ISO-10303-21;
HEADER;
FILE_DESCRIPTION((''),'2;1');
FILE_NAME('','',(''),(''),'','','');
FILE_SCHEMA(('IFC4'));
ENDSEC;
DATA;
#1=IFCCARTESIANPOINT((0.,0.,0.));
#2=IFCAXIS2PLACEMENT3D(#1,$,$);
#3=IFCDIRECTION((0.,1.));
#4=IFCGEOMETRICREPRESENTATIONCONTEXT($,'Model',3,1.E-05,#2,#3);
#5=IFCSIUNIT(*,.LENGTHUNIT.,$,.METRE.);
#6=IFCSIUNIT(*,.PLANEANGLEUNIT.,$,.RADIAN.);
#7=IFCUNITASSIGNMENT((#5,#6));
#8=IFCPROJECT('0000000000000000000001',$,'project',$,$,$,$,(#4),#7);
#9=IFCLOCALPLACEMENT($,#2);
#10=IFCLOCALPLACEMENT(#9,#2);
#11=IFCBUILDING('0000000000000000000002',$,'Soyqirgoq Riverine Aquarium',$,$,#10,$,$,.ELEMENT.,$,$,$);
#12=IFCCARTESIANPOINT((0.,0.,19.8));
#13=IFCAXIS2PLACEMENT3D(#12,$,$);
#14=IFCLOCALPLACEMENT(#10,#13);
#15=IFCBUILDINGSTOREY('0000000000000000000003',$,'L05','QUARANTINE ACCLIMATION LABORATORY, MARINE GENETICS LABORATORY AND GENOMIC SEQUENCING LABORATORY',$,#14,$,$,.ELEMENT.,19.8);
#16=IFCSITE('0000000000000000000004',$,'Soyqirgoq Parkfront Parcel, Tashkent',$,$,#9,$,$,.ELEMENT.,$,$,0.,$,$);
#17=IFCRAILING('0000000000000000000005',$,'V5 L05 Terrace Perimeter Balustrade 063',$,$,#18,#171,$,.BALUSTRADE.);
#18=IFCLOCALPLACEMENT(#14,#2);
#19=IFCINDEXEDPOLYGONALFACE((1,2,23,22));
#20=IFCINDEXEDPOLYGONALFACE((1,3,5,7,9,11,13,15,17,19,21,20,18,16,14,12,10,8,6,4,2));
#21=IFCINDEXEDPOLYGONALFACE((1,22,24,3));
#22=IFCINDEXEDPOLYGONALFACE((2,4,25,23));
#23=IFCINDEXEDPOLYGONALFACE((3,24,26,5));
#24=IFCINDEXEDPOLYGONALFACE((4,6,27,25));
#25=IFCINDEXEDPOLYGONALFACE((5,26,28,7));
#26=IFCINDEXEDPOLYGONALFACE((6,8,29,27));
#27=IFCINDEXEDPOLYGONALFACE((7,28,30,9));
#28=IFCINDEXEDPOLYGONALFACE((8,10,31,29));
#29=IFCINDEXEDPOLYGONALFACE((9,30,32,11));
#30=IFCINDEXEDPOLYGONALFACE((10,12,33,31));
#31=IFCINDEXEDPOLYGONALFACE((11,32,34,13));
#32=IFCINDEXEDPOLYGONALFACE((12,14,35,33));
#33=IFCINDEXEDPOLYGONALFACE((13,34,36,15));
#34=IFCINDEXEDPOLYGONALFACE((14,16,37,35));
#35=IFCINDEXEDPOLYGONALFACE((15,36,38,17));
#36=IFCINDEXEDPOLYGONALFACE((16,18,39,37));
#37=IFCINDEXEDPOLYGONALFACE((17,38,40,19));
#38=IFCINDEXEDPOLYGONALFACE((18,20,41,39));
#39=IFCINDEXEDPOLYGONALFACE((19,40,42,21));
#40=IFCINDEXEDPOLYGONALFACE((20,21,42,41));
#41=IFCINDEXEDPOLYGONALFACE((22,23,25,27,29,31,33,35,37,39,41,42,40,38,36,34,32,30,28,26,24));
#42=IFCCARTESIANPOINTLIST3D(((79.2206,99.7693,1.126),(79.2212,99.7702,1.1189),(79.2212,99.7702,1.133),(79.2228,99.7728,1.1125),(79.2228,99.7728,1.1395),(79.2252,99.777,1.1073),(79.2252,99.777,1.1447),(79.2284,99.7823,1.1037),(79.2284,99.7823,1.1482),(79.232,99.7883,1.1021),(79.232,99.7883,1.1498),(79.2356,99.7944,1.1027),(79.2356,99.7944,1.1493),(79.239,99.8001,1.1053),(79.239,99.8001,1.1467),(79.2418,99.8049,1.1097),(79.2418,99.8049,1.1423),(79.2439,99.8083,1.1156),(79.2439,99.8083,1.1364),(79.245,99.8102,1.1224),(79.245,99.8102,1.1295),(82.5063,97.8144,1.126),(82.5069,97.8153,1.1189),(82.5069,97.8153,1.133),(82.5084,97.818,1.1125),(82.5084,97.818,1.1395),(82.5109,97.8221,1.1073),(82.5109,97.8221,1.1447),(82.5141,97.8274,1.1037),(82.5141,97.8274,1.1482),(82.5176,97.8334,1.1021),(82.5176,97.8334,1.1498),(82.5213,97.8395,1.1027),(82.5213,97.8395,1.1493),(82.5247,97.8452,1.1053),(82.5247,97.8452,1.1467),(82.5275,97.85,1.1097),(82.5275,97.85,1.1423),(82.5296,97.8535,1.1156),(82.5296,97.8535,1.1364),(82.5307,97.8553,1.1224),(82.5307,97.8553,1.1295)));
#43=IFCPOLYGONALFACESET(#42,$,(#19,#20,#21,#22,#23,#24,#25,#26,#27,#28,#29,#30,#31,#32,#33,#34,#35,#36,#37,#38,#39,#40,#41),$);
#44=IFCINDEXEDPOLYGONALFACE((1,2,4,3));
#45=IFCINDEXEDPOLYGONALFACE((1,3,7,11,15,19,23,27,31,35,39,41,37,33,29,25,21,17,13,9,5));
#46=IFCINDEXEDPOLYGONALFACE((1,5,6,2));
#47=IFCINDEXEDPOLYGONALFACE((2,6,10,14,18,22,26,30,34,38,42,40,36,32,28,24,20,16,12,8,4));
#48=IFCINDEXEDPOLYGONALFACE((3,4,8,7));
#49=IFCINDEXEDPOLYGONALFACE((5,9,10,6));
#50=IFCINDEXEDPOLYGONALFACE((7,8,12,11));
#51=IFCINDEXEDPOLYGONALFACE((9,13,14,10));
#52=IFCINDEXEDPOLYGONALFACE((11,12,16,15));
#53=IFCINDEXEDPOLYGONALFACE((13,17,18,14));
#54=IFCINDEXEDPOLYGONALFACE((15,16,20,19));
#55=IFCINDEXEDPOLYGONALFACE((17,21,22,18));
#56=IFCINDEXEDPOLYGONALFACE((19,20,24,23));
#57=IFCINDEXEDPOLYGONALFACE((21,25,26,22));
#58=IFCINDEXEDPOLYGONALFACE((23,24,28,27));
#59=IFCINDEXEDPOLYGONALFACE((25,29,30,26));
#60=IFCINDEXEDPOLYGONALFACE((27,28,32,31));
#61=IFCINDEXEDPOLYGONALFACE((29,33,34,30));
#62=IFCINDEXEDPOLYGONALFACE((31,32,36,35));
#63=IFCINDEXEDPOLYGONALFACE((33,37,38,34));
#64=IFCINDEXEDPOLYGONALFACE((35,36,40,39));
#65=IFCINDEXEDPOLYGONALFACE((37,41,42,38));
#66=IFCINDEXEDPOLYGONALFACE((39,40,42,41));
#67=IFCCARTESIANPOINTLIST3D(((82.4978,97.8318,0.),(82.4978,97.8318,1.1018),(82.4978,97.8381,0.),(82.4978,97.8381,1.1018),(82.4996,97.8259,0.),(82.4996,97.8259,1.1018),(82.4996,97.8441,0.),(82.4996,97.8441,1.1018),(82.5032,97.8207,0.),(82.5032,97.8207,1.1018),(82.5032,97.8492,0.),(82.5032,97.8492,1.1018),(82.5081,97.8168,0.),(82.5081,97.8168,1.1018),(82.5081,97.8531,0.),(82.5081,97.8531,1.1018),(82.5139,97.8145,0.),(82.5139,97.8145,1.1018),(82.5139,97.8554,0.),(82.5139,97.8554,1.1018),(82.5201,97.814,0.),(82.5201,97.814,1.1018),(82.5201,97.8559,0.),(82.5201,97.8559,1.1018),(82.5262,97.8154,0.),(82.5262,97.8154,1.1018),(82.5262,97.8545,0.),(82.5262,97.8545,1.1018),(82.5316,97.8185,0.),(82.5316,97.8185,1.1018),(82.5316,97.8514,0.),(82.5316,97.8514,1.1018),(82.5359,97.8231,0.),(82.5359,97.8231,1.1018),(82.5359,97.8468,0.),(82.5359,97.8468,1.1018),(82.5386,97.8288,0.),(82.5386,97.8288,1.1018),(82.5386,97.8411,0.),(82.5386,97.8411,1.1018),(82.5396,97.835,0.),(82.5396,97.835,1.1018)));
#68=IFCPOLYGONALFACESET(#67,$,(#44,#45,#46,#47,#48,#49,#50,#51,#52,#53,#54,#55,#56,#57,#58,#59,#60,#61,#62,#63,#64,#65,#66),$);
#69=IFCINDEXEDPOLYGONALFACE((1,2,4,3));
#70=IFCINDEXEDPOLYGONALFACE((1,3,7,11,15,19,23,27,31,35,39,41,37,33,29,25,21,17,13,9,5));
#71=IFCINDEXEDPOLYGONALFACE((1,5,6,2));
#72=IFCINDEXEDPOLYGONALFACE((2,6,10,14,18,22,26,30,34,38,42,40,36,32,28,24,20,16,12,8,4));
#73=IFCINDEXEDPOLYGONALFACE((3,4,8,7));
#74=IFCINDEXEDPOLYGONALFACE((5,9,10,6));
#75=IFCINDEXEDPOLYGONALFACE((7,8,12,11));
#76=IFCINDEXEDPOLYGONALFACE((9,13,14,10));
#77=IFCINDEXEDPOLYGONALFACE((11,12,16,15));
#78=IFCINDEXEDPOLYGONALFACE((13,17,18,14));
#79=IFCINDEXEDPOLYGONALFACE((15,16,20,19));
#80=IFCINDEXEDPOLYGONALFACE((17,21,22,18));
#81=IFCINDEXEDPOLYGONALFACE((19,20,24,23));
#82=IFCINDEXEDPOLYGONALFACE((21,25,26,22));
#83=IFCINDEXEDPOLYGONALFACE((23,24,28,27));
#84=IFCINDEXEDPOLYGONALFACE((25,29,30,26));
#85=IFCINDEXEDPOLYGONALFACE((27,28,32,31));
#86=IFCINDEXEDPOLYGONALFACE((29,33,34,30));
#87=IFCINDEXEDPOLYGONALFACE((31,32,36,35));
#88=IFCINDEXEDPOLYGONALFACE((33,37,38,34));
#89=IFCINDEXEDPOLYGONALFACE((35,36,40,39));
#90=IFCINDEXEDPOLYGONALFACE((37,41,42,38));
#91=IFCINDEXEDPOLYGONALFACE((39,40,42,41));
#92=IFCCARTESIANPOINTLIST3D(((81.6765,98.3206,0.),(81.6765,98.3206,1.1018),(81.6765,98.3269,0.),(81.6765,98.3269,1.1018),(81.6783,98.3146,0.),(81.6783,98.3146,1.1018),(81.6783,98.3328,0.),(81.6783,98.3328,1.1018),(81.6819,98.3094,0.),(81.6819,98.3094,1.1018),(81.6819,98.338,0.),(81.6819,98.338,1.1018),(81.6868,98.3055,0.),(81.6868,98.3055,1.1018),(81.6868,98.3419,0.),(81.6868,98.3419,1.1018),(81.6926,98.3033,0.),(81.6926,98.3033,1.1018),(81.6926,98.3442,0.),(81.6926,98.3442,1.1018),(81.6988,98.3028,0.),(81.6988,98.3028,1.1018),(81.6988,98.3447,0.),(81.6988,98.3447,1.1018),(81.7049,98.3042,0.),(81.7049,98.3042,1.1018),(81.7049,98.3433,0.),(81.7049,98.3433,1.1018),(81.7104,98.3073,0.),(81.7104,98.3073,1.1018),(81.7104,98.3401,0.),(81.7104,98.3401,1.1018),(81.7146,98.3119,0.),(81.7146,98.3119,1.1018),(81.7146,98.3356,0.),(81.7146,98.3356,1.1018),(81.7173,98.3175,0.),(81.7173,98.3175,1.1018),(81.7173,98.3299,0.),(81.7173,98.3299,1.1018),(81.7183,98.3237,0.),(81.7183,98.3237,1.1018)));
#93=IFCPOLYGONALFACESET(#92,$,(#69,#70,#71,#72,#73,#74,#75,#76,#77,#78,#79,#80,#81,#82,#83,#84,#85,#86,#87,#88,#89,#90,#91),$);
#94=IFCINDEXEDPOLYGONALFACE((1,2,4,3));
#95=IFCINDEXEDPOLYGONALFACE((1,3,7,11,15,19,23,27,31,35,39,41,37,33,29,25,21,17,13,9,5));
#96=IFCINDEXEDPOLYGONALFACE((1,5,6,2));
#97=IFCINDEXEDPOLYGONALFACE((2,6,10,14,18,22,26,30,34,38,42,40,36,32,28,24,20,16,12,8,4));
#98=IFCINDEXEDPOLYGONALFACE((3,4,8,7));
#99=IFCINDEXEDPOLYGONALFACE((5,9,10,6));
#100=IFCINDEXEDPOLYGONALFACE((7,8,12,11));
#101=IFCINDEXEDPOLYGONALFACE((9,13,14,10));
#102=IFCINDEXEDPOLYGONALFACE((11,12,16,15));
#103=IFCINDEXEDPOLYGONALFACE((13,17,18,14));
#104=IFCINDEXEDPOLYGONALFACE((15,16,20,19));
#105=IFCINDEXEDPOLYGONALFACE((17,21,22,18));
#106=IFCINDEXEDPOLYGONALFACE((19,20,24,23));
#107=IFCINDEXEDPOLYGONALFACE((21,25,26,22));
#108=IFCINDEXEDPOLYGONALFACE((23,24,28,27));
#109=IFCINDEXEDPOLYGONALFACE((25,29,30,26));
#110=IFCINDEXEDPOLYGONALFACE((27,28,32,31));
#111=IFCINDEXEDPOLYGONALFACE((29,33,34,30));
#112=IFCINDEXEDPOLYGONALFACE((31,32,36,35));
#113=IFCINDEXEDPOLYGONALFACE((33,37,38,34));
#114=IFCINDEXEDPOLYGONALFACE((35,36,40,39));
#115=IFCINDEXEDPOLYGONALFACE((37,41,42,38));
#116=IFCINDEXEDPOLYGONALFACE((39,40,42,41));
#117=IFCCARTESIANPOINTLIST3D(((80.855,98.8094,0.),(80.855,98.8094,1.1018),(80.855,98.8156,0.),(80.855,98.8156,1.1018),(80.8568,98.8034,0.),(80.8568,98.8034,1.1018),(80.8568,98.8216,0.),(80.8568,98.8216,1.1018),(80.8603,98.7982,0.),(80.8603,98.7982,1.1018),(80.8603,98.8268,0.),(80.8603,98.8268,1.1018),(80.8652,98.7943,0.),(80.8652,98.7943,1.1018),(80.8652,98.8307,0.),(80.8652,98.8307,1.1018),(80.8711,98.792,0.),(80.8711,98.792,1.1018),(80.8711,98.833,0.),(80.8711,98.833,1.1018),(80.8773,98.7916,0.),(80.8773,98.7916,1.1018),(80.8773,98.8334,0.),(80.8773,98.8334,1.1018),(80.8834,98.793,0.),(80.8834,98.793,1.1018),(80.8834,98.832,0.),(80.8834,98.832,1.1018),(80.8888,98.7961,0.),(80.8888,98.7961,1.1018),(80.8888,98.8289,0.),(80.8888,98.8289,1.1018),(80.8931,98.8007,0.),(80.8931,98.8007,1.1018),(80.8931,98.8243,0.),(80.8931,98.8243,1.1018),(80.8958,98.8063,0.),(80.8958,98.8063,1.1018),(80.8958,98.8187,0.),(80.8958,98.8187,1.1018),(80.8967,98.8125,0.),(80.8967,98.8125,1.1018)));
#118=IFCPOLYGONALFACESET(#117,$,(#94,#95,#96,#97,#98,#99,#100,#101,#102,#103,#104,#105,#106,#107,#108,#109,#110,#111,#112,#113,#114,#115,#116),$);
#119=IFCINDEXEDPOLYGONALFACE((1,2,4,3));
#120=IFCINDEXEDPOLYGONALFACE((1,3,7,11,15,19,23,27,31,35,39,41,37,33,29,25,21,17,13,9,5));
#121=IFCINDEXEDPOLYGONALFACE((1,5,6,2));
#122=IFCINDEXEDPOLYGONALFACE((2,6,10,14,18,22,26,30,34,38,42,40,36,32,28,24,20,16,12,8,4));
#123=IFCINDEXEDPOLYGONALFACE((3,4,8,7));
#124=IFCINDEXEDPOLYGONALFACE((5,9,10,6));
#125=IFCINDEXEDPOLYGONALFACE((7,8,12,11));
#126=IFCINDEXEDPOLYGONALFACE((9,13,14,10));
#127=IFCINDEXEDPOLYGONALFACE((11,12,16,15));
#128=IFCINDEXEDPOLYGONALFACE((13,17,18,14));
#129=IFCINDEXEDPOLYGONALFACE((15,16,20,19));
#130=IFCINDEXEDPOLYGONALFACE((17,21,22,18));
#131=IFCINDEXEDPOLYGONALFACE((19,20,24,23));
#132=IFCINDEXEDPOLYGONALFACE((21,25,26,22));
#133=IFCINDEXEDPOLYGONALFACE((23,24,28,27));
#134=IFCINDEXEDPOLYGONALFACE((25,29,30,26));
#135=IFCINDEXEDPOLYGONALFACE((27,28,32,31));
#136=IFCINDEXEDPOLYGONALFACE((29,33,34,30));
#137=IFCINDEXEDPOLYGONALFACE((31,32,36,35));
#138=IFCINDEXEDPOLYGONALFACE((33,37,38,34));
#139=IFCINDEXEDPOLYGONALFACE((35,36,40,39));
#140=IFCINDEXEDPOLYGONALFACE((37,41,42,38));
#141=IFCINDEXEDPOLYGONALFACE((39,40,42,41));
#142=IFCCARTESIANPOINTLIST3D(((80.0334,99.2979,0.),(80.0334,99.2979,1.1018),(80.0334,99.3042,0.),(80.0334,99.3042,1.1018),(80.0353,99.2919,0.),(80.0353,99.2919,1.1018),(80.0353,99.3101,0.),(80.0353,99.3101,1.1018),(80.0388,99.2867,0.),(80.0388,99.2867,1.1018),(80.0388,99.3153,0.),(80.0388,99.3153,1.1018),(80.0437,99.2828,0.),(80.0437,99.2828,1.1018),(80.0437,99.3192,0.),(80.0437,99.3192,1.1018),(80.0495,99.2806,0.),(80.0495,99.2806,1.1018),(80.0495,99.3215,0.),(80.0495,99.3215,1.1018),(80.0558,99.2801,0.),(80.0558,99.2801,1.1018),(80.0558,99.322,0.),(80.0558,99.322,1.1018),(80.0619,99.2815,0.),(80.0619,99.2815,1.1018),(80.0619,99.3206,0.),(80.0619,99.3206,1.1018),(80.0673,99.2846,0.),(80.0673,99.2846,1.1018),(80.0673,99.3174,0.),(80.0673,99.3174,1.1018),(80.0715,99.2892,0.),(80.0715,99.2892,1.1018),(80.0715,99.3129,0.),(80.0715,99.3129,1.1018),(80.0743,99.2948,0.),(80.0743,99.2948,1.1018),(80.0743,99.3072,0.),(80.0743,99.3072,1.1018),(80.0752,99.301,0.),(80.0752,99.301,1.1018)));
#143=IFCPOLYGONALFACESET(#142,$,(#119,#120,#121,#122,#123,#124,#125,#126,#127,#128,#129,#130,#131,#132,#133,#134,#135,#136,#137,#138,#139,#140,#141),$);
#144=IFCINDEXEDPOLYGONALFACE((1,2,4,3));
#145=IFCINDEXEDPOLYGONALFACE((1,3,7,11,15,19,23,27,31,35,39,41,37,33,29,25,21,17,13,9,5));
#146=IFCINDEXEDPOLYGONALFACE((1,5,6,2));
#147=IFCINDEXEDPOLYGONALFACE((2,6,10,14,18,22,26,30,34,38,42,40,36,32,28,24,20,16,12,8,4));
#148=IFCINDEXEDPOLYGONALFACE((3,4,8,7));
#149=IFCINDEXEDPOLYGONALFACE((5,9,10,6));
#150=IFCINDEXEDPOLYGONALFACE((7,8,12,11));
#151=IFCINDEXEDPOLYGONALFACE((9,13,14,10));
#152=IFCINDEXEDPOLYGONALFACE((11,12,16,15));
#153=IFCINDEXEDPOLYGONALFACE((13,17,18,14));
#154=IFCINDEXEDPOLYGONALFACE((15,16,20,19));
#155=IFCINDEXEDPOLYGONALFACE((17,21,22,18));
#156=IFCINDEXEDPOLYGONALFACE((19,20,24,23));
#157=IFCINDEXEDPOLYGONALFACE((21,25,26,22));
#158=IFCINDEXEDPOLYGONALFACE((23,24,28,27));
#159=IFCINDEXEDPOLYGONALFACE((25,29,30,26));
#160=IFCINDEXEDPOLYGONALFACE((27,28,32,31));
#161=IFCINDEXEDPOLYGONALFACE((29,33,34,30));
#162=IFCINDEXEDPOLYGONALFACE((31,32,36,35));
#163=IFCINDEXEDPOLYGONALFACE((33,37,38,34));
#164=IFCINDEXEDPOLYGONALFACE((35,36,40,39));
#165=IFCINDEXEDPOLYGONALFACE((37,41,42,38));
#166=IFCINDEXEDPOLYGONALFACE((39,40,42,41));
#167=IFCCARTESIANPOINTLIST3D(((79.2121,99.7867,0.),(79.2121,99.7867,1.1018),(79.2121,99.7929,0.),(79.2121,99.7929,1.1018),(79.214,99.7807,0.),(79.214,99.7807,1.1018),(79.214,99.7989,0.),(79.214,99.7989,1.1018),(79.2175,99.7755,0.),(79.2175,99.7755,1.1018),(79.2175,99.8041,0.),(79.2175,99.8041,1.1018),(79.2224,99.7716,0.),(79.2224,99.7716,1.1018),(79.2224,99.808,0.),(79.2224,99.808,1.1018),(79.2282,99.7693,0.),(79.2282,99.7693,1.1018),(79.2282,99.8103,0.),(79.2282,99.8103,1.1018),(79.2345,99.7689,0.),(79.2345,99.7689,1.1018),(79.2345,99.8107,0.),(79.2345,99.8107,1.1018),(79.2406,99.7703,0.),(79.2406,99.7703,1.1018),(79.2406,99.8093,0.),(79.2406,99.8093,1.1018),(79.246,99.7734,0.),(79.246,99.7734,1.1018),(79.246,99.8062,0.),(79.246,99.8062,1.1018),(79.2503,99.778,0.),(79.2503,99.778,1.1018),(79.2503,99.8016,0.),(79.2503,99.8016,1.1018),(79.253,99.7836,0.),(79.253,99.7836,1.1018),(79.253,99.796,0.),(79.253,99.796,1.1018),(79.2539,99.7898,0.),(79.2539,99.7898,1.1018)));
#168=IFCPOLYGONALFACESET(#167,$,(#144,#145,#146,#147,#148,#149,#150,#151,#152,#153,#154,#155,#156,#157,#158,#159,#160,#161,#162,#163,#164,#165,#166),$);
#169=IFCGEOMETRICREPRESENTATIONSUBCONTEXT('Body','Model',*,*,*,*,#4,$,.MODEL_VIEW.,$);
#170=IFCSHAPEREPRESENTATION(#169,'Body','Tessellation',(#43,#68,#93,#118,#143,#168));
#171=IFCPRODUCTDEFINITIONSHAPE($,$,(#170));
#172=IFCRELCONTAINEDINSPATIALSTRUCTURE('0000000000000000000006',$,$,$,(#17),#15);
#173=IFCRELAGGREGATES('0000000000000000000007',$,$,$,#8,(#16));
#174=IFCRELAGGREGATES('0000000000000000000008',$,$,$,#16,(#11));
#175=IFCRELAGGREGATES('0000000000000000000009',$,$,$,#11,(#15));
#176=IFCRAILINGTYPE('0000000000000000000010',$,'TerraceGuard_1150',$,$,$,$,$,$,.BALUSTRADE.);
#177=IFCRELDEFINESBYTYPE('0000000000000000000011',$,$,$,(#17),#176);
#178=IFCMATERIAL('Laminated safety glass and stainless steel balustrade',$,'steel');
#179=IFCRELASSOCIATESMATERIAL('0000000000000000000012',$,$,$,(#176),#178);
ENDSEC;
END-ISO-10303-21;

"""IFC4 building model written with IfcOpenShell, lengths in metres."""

from ifc_helpers import new_model, si_unit, direction, frame, origin, origin_2d, place, context, subcontext, project, spatial, circle, extrude, material, type_object, element, save


model = new_model("IFC4")

# Units and contexts
model_context = context("Model", 3, precision=1e-05, world=origin(), true_north=direction((0.0, 1.0)))
body_context = subcontext(model_context, "Body", "Model", "MODEL_VIEW")
ifc_project = project(units=[si_unit("LENGTHUNIT", "METRE"), si_unit("PLANEANGLEUNIT", "RADIAN")], contexts=[model_context])

# Site, building, storey
site_placement = place(None, origin())
site = spatial("IfcSite", under=ifc_project, at=site_placement, Name="Soyqirgoq Parkfront Parcel, Tashkent", CompositionType="ELEMENT", RefElevation=0.0)
building_placement = place(site_placement, origin())
building = spatial("IfcBuilding", under=site, at=building_placement, Name="Soyqirgoq Riverine Aquarium", CompositionType="ELEMENT")
storey_placement = place(building_placement, frame((0.0, 0.0, 19.8)))
storey = spatial("IfcBuildingStorey", under=building, at=storey_placement, Name="L05", Description="QUARANTINE ACCLIMATION LABORATORY, MARINE GENETICS LABORATORY AND GENOMIC SEQUENCING LABORATORY", CompositionType="ELEMENT", Elevation=19.8)

# Railing
ifc_material_1 = material(Name="Laminated safety glass and stainless steel balustrade", Category="steel")
railing_type = type_object("IfcRailingType", Name="TerraceGuard_1150", PredefinedType="BALUSTRADE", material=ifc_material_1)
railing_1_placement = place(storey_placement, frame((82.5186, 97.835, 0.0)))
element("IfcRailing", 1, at=railing_1_placement, inside=storey, type_object=railing_type, Name="V5 L05 Terrace Perimeter Balustrade 063", PredefinedType="BALUSTRADE", context=body_context, shape_type="SweptSolid", body=[
    extrude(circle(Radius=0.0239, at=origin_2d()), frame((0.0, 0.0, 1.126), z_axis=(-0.859397, 0.511309, 0.0), x_axis=(-0.511309, -0.859397, 0.0)), (0.0, 0.0, 1.0), 3.8232),
    extrude(circle(Radius=0.021, at=origin_2d()), origin(), (0.0, 0.0, 1.0), 1.1018),
    extrude(circle(Radius=0.021, at=origin_2d()), frame((-0.8213, 0.4888, 0.0)), (0.0, 0.0, 1.0), 1.1018),
    extrude(circle(Radius=0.021, at=origin_2d()), frame((-1.6428, 0.9775, 0.0)), (0.0, 0.0, 1.0), 1.1018),
    extrude(circle(Radius=0.021, at=origin_2d()), frame((-2.4644, 1.4661, 0.0)), (0.0, 0.0, 1.0), 1.1018),
    extrude(circle(Radius=0.021, at=origin_2d()), frame((-3.2856, 1.9548, 0.0)), (0.0, 0.0, 1.0), 1.1018),
])

save(model, "model.ifc")
